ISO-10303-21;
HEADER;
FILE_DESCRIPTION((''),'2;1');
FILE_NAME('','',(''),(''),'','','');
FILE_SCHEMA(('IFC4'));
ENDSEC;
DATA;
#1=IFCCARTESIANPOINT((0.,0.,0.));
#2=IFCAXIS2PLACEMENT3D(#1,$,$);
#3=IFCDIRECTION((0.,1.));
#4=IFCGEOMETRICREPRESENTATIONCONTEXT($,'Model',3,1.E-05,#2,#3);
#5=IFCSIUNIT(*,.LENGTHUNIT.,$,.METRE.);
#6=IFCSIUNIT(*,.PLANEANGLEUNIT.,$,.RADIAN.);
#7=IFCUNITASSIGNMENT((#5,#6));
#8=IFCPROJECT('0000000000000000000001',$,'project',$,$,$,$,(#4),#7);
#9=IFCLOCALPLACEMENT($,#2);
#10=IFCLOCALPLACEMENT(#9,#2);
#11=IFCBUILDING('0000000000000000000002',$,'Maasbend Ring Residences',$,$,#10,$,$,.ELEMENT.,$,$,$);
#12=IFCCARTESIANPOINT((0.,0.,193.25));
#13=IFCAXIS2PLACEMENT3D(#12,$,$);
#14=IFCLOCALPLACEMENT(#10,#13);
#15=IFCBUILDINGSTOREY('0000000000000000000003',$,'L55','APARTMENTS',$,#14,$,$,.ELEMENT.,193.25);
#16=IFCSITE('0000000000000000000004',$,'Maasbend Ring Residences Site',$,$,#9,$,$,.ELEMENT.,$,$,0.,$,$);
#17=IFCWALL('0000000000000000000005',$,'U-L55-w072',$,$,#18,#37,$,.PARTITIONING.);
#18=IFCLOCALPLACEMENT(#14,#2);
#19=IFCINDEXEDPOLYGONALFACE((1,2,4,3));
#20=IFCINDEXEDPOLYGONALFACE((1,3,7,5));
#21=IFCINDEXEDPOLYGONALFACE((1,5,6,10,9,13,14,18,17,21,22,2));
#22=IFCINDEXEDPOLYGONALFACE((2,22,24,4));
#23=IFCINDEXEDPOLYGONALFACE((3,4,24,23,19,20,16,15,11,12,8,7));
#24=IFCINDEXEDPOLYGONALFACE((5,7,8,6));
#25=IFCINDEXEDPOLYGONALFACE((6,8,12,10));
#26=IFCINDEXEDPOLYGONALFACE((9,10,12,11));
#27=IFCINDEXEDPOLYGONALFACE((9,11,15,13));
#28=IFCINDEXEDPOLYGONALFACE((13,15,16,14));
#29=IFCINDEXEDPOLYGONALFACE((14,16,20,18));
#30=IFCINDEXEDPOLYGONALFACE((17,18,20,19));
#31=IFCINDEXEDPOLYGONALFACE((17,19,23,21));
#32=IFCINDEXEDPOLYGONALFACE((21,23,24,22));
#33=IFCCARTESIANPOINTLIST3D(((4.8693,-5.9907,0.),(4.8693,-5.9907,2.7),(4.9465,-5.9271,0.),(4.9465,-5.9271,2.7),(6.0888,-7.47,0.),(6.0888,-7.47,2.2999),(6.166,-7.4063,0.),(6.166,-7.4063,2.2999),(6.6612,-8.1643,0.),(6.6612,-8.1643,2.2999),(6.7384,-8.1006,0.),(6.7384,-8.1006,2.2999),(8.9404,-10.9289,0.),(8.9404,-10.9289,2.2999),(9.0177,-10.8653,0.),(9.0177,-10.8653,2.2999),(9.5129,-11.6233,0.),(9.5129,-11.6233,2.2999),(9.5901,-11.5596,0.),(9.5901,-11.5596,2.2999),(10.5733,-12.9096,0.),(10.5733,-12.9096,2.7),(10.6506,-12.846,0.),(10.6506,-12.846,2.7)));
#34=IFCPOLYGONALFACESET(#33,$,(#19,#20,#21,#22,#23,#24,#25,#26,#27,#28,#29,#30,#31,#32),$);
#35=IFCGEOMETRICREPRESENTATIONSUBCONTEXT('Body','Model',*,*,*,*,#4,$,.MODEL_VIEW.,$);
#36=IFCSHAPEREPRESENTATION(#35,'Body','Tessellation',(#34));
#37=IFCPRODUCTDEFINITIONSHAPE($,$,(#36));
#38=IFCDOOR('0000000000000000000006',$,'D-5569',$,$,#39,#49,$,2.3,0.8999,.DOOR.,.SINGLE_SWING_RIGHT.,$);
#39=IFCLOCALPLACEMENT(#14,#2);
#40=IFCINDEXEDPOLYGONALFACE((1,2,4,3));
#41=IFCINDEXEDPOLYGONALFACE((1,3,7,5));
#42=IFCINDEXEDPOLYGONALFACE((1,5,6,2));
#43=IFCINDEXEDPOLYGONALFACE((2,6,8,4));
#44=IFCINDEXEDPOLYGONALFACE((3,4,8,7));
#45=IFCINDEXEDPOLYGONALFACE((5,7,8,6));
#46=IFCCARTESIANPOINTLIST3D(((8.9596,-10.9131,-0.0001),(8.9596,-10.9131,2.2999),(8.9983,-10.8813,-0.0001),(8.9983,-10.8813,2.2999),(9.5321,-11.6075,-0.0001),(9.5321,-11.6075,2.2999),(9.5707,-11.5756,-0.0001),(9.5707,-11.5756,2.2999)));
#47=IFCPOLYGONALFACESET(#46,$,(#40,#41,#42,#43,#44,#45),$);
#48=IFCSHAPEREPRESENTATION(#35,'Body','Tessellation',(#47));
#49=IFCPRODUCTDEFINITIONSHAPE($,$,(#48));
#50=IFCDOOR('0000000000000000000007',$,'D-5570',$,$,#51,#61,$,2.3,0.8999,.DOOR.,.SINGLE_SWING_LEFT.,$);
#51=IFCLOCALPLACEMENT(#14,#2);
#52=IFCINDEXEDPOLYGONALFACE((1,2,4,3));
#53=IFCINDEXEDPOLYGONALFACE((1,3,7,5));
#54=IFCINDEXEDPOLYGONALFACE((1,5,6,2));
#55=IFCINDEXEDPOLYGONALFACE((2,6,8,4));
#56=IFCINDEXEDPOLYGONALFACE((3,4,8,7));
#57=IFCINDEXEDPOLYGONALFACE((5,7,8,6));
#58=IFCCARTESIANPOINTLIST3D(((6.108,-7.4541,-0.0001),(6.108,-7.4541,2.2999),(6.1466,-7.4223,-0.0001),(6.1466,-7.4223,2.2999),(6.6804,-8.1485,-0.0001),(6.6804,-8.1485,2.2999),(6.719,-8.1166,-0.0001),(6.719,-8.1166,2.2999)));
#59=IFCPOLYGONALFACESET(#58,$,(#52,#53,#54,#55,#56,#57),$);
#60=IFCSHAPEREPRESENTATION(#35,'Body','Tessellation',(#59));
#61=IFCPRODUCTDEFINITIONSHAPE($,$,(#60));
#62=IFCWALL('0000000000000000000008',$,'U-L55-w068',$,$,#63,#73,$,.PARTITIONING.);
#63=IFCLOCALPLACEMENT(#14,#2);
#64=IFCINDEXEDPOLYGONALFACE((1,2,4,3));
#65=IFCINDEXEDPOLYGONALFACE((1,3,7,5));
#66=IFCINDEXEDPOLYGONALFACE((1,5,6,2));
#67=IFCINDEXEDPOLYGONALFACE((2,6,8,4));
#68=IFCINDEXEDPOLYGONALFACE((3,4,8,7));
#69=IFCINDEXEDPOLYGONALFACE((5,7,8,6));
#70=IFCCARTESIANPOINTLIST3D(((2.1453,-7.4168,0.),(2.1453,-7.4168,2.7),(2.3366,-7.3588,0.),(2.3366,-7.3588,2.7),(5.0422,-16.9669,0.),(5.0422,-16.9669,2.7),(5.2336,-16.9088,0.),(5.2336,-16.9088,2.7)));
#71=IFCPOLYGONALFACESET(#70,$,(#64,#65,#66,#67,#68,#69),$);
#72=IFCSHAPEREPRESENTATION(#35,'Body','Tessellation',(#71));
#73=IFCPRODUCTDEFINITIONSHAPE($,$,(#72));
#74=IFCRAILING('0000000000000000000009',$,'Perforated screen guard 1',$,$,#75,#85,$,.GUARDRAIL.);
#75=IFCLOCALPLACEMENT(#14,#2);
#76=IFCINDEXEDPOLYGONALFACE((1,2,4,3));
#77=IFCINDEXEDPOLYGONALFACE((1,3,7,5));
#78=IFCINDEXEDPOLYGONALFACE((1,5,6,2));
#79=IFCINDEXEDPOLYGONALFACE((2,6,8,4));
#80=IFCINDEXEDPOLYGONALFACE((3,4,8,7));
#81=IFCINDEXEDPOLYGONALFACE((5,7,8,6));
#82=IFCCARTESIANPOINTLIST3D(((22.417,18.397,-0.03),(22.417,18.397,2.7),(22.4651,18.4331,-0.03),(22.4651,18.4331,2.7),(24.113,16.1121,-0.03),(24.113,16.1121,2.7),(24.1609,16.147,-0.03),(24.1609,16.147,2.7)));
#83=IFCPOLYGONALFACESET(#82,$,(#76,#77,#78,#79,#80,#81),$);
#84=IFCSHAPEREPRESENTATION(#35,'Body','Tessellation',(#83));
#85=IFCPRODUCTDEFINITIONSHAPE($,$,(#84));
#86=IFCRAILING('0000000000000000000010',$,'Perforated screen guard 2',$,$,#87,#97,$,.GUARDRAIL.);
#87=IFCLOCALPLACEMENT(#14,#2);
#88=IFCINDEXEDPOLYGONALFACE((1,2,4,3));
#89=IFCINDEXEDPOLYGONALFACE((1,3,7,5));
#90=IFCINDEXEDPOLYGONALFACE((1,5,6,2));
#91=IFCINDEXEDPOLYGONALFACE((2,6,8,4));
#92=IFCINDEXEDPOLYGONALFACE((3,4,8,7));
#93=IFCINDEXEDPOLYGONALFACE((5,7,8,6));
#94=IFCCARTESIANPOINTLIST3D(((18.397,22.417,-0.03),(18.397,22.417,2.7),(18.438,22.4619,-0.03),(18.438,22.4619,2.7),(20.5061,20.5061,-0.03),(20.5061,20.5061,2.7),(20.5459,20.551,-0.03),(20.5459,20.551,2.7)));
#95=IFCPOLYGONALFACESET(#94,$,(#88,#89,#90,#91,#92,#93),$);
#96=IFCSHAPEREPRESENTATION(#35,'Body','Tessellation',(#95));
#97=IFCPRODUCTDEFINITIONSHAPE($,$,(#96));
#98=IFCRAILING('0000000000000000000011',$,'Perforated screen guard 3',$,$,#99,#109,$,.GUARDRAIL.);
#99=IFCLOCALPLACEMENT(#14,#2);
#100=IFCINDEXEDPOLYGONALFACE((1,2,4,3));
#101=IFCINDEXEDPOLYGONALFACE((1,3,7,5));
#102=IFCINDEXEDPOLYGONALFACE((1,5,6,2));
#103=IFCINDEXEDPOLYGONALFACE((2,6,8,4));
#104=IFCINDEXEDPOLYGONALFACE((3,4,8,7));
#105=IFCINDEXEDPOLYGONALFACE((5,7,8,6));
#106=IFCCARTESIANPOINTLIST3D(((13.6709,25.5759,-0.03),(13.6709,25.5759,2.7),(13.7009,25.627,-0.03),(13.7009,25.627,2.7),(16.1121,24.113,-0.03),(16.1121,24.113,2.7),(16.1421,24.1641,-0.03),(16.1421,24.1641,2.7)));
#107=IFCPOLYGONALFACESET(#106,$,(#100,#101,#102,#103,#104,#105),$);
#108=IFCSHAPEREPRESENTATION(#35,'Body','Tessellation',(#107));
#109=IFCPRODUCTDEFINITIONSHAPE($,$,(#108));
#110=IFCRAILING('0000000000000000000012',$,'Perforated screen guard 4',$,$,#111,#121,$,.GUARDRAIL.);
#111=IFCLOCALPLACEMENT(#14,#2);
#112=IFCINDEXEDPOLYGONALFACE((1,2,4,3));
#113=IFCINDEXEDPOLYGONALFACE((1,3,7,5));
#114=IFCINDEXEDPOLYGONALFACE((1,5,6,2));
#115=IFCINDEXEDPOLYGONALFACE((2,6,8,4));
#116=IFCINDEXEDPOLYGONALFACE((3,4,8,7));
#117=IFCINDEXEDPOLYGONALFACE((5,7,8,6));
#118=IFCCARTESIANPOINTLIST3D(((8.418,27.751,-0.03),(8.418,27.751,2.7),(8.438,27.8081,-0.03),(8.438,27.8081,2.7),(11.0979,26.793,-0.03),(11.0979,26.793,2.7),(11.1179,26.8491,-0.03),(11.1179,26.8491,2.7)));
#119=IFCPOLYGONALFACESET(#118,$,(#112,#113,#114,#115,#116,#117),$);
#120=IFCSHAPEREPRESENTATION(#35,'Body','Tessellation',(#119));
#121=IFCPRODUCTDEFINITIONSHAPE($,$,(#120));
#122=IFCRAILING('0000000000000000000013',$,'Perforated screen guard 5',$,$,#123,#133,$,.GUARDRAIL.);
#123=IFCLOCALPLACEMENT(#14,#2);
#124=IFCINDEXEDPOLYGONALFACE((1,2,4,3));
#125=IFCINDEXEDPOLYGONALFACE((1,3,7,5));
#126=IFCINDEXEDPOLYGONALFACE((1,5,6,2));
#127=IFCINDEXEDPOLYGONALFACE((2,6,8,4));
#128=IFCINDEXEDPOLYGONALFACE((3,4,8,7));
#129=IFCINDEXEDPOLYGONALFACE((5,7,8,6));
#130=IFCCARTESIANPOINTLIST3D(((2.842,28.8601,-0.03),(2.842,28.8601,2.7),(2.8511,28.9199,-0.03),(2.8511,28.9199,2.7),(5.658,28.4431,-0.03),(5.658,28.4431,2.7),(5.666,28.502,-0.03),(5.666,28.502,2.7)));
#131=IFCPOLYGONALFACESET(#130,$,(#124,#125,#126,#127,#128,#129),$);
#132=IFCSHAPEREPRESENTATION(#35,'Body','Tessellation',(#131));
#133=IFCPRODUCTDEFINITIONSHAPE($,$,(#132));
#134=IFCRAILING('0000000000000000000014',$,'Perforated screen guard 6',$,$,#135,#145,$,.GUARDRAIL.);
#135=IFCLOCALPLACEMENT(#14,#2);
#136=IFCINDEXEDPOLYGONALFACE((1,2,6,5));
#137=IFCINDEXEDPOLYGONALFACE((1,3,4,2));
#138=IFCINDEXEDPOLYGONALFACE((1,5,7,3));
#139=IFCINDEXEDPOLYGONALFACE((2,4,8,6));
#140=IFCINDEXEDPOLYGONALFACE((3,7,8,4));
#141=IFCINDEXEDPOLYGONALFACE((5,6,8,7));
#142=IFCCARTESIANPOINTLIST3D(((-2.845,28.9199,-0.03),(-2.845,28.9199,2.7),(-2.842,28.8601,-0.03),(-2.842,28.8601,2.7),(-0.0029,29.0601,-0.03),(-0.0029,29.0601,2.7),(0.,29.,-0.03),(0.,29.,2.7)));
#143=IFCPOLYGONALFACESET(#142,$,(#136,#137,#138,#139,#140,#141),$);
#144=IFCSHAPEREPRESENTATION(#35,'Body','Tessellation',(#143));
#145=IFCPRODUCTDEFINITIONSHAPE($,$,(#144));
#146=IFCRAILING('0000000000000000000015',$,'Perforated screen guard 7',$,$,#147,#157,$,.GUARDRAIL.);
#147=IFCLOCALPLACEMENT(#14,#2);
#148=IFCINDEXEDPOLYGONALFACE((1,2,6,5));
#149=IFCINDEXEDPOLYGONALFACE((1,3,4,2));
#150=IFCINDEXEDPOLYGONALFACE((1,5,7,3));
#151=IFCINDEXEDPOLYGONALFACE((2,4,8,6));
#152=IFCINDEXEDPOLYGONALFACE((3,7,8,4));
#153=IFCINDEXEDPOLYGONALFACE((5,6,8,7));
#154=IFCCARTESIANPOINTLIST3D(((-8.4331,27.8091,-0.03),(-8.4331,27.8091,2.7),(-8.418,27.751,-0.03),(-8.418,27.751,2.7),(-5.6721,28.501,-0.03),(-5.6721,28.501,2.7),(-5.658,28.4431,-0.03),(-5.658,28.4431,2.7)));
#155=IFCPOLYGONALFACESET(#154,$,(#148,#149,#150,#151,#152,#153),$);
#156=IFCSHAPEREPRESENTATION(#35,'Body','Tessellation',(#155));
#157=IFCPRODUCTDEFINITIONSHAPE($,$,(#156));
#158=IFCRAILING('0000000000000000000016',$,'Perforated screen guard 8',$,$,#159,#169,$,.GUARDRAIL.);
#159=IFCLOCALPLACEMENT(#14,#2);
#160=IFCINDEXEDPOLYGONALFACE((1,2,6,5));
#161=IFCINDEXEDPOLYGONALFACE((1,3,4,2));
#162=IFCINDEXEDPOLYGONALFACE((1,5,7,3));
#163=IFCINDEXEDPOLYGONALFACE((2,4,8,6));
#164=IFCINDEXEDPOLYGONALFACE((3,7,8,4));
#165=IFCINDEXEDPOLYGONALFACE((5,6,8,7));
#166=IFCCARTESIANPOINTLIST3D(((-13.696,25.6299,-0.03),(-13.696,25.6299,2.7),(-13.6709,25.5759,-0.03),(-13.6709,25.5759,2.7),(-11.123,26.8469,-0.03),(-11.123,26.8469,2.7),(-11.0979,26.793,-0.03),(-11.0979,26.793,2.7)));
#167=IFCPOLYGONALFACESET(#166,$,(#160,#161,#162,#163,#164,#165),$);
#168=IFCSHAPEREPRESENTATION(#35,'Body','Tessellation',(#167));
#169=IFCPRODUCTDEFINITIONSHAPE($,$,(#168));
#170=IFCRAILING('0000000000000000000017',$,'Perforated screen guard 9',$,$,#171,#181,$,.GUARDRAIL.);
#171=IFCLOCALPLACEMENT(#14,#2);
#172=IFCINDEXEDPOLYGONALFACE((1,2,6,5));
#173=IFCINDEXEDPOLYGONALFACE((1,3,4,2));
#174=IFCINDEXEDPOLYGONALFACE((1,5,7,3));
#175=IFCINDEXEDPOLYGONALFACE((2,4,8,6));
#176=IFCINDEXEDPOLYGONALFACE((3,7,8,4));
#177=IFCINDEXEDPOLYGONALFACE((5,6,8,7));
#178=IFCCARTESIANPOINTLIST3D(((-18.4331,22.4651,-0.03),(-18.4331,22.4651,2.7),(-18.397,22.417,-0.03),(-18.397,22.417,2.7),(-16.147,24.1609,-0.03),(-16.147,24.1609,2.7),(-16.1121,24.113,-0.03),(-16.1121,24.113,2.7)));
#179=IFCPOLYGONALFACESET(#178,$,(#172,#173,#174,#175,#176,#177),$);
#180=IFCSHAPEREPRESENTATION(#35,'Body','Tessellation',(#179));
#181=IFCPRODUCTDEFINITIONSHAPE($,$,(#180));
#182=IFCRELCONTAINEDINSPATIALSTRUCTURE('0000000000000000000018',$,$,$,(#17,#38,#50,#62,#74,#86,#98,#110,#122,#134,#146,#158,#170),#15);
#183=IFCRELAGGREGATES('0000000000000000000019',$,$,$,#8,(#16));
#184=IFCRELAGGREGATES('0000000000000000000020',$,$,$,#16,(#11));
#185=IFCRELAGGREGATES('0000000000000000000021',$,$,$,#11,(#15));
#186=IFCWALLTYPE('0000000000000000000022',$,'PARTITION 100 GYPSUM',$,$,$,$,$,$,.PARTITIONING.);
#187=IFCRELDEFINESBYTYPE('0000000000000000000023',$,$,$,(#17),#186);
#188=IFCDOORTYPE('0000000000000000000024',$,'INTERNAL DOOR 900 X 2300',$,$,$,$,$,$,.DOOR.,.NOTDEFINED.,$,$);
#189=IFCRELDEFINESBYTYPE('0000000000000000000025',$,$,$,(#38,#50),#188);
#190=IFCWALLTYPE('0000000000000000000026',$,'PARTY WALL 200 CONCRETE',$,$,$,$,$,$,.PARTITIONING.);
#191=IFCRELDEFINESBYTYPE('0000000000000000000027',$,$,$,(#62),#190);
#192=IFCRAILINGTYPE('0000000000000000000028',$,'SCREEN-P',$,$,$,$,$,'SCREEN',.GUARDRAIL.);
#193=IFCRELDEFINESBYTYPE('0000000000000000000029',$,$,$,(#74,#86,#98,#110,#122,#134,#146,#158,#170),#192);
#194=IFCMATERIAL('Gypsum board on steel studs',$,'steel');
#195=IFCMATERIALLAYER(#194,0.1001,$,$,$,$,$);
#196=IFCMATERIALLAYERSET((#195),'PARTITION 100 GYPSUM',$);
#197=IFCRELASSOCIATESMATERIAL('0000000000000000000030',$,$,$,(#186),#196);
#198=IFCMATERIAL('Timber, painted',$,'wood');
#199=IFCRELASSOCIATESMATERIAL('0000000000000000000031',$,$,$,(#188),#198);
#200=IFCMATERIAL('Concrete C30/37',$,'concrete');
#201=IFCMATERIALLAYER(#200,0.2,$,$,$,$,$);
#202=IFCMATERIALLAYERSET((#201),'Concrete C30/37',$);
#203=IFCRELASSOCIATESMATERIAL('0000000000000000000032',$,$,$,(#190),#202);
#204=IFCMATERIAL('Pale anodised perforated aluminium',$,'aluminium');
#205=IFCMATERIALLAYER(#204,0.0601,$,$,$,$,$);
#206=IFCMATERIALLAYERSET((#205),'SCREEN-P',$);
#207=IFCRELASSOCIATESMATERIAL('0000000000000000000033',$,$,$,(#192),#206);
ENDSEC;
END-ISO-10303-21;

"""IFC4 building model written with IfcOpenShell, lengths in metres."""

from ifc_helpers import new_model, si_unit, direction, frame, frame_2d, origin, place, context, subcontext, project, spatial, polyline, rectangle, outline, extrude, material, layer, layer_set, type_object, element, fill, save


model = new_model("IFC4")

# Units and contexts
model_context = context("Model", 3, precision=1e-05, world=origin(), true_north=direction((0.0, 1.0)))
body_context = subcontext(model_context, "Body", "Model", "MODEL_VIEW")
ifc_project = project(units=[si_unit("LENGTHUNIT", "METRE"), si_unit("PLANEANGLEUNIT", "RADIAN")], contexts=[model_context])

# Site, building, storey
site_placement = place(None, origin())
site = spatial("IfcSite", under=ifc_project, at=site_placement, Name="Maasbend Ring Residences Site", CompositionType="ELEMENT", RefElevation=0.0)
building_placement = place(site_placement, origin())
building = spatial("IfcBuilding", under=site, at=building_placement, Name="Maasbend Ring Residences", CompositionType="ELEMENT")
storey_placement = place(building_placement, frame((0.0, 0.0, 193.25)))
storey = spatial("IfcBuildingStorey", under=building, at=storey_placement, Name="L55", Description="APARTMENTS", CompositionType="ELEMENT", Elevation=193.25)

# Wall, openings, doors
ifc_material_1 = material(Name="Gypsum board on steel studs", Category="steel")
ifc_layer_1 = layer(ifc_material_1, 0.1001)
ifc_layer_set_1 = layer_set([ifc_layer_1], Name="PARTITION 100 GYPSUM")
wall_type_1 = type_object("IfcWallType", Name="PARTITION 100 GYPSUM", PredefinedType="PARTITIONING", material=ifc_layer_set_1)
wall_1_placement = place(storey_placement, frame((4.908, -5.959, 0.0), z_axis=(0.0, 0.0, 1.0), x_axis=(0.636116, -0.771594, 0.0)))
wall_1 = element("IfcWall", 1, at=wall_1_placement, inside=storey, type_object=wall_type_1, Name="U-L55-w072", PredefinedType="PARTITIONING", context=body_context, shape_type="SweptSolid", body=[
    extrude(rectangle(XDim=8.967, YDim=0.1001, at=frame_2d((4.4834, 0.0))), origin(), (0.0, 0.0, 1.0), 2.7),
])
opening_1_placement = place(wall_1_placement, frame((6.3999, 0.0, 0.0)))
opening_1 = element("IfcOpeningElement", 2, at=opening_1_placement, cuts=wall_1, PredefinedType="OPENING", context=body_context, shape_type="SweptSolid", body=[
    extrude(rectangle(XDim=0.8999, YDim=2.3, at=frame_2d((0.45, 1.1499))), frame((0.0, 0.0601, 0.0), z_axis=(0.0, -1.0, 0.0), x_axis=(1.0, 0.0, 0.0)), (0.0, 0.0, 1.0), 0.1201),
])
opening_2_placement = place(wall_1_placement, frame((1.917, 0.0, 0.0)))
opening_2 = element("IfcOpeningElement", 3, at=opening_2_placement, cuts=wall_1, PredefinedType="OPENING", context=body_context, shape_type="SweptSolid", body=[
    extrude(rectangle(XDim=0.8999, YDim=2.3, at=frame_2d((0.45, 1.1499))), frame((0.0, 0.0601, 0.0), z_axis=(0.0, -1.0, 0.0), x_axis=(1.0, 0.0, 0.0)), (0.0, 0.0, 1.0), 0.1201),
])
ifc_material_2 = material(Name="Timber, painted", Category="wood")
door_type = type_object("IfcDoorType", Name="INTERNAL DOOR 900 X 2300", OperationType="NOTDEFINED", PredefinedType="DOOR", material=ifc_material_2)
door_1_placement = place(opening_1_placement, origin())
door_1 = element("IfcDoor", 4, at=door_1_placement, inside=storey, type_object=door_type, Name="D-5569", OperationType="SINGLE_SWING_RIGHT", OverallHeight=2.3, OverallWidth=0.8999, PredefinedType="DOOR", context=body_context, shape_type="SweptSolid", body=[
    extrude(rectangle(XDim=0.8999, YDim=2.3, at=frame_2d((0.45, 1.1499))), frame((0.0, 0.0249, 0.0), z_axis=(0.0, -1.0, 0.0), x_axis=(1.0, 0.0, 0.0)), (0.0, 0.0, 1.0), 0.05),
])
fill(opening_1, door_1)
door_2_placement = place(opening_2_placement, origin())
door_2 = element("IfcDoor", 5, at=door_2_placement, inside=storey, type_object=door_type, Name="D-5570", OperationType="SINGLE_SWING_LEFT", OverallHeight=2.3, OverallWidth=0.8999, PredefinedType="DOOR", context=body_context, shape_type="SweptSolid", body=[
    extrude(rectangle(XDim=0.8999, YDim=2.3, at=frame_2d((0.45, 1.1499))), frame((0.0, 0.0249, 0.0), z_axis=(0.0, -1.0, 0.0), x_axis=(1.0, 0.0, 0.0)), (0.0, 0.0, 1.0), 0.05),
])
fill(opening_2, door_2)

# Wall
ifc_material_3 = material(Name="Concrete C30/37", Category="concrete")
ifc_layer_2 = layer(ifc_material_3, 0.2)
ifc_layer_set_2 = layer_set([ifc_layer_2], Name="Concrete C30/37")
wall_type_2 = type_object("IfcWallType", Name="PARTY WALL 200 CONCRETE", PredefinedType="PARTITIONING", material=ifc_layer_set_2)
wall_2_placement = place(storey_placement, frame((2.241, -7.3879, 0.0), z_axis=(0.0, 0.0, 1.0), x_axis=(0.290284, -0.95694, 0.0)))
element("IfcWall", 6, at=wall_2_placement, inside=storey, type_object=wall_type_2, Name="U-L55-w068", PredefinedType="PARTITIONING", context=body_context, shape_type="SweptSolid", body=[
    extrude(rectangle(XDim=9.9797, YDim=0.2, at=frame_2d((4.9897, 0.0))), origin(), (0.0, 0.0, 1.0), 2.7),
])

# Railings
ifc_material_4 = material(Name="Pale anodised perforated aluminium", Category="aluminium")
ifc_layer_3 = layer(ifc_material_4, 0.0601)
ifc_layer_set_3 = layer_set([ifc_layer_3], Name="SCREEN-P")
railing_type = type_object("IfcRailingType", Name="SCREEN-P", ElementType="SCREEN", PredefinedType="GUARDRAIL", material=ifc_layer_set_3)
railing_1_placement = place(storey_placement, frame((0.0, 0.0, -0.03)))
element("IfcRailing", 7, at=railing_1_placement, inside=storey, type_object=railing_type, Name="Perforated screen guard 1", PredefinedType="GUARDRAIL", context=body_context, shape_type="SweptSolid", body=[
    extrude(outline(polyline([(24.113, 16.1121), (22.417, 18.397), (22.4651, 18.4331), (24.1609, 16.147), (24.113, 16.1121)])), origin(), (0.0, 0.0, 1.0), 2.73),
])
railing_2_placement = place(storey_placement, frame((0.0, 0.0, -0.03)))
element("IfcRailing", 8, at=railing_2_placement, inside=storey, type_object=railing_type, Name="Perforated screen guard 2", PredefinedType="GUARDRAIL", context=body_context, shape_type="SweptSolid", body=[
    extrude(outline(polyline([(20.5061, 20.5061), (18.397, 22.417), (18.438, 22.4619), (20.5459, 20.551), (20.5061, 20.5061)])), origin(), (0.0, 0.0, 1.0), 2.73),
])
railing_3_placement = place(storey_placement, frame((0.0, 0.0, -0.03)))
element("IfcRailing", 9, at=railing_3_placement, inside=storey, type_object=railing_type, Name="Perforated screen guard 3", PredefinedType="GUARDRAIL", context=body_context, shape_type="SweptSolid", body=[
    extrude(outline(polyline([(16.1121, 24.113), (13.6709, 25.5759), (13.7009, 25.627), (16.1421, 24.1641), (16.1121, 24.113)])), origin(), (0.0, 0.0, 1.0), 2.73),
])
railing_4_placement = place(storey_placement, frame((0.0, 0.0, -0.03)))
element("IfcRailing", 10, at=railing_4_placement, inside=storey, type_object=railing_type, Name="Perforated screen guard 4", PredefinedType="GUARDRAIL", context=body_context, shape_type="SweptSolid", body=[
    extrude(outline(polyline([(11.0979, 26.793), (8.418, 27.751), (8.438, 27.8081), (11.1179, 26.8491), (11.0979, 26.793)])), origin(), (0.0, 0.0, 1.0), 2.73),
])
railing_5_placement = place(storey_placement, frame((0.0, 0.0, -0.03)))
element("IfcRailing", 11, at=railing_5_placement, inside=storey, type_object=railing_type, Name="Perforated screen guard 5", PredefinedType="GUARDRAIL", context=body_context, shape_type="SweptSolid", body=[
    extrude(outline(polyline([(5.658, 28.4431), (2.842, 28.8601), (2.8511, 28.9199), (5.666, 28.502), (5.658, 28.4431)])), origin(), (0.0, 0.0, 1.0), 2.73),
])
railing_6_placement = place(storey_placement, frame((0.0, 0.0, -0.03)))
element("IfcRailing", 12, at=railing_6_placement, inside=storey, type_object=railing_type, Name="Perforated screen guard 6", PredefinedType="GUARDRAIL", context=body_context, shape_type="SweptSolid", body=[
    extrude(outline(polyline([(0.0, 29.0), (-2.842, 28.8601), (-2.845, 28.9199), (-0.0029, 29.0601), (0.0, 29.0)])), origin(), (0.0, 0.0, 1.0), 2.73),
])
railing_7_placement = place(storey_placement, frame((0.0, 0.0, -0.03)))
element("IfcRailing", 13, at=railing_7_placement, inside=storey, type_object=railing_type, Name="Perforated screen guard 7", PredefinedType="GUARDRAIL", context=body_context, shape_type="SweptSolid", body=[
    extrude(outline(polyline([(-5.658, 28.4431), (-8.418, 27.751), (-8.4331, 27.8091), (-5.6721, 28.501), (-5.658, 28.4431)])), origin(), (0.0, 0.0, 1.0), 2.73),
])
railing_8_placement = place(storey_placement, frame((0.0, 0.0, -0.03)))
element("IfcRailing", 14, at=railing_8_placement, inside=storey, type_object=railing_type, Name="Perforated screen guard 8", PredefinedType="GUARDRAIL", context=body_context, shape_type="SweptSolid", body=[
    extrude(outline(polyline([(-11.0979, 26.793), (-13.6709, 25.5759), (-13.696, 25.6299), (-11.123, 26.8469), (-11.0979, 26.793)])), origin(), (0.0, 0.0, 1.0), 2.73),
])
railing_9_placement = place(storey_placement, frame((0.0, 0.0, -0.03)))
element("IfcRailing", 15, at=railing_9_placement, inside=storey, type_object=railing_type, Name="Perforated screen guard 9", PredefinedType="GUARDRAIL", context=body_context, shape_type="SweptSolid", body=[
    extrude(outline(polyline([(-16.1121, 24.113), (-18.397, 22.417), (-18.4331, 22.4651), (-16.147, 24.1609), (-16.1121, 24.113)])), origin(), (0.0, 0.0, 1.0), 2.73),
])

save(model, "model.ifc")
